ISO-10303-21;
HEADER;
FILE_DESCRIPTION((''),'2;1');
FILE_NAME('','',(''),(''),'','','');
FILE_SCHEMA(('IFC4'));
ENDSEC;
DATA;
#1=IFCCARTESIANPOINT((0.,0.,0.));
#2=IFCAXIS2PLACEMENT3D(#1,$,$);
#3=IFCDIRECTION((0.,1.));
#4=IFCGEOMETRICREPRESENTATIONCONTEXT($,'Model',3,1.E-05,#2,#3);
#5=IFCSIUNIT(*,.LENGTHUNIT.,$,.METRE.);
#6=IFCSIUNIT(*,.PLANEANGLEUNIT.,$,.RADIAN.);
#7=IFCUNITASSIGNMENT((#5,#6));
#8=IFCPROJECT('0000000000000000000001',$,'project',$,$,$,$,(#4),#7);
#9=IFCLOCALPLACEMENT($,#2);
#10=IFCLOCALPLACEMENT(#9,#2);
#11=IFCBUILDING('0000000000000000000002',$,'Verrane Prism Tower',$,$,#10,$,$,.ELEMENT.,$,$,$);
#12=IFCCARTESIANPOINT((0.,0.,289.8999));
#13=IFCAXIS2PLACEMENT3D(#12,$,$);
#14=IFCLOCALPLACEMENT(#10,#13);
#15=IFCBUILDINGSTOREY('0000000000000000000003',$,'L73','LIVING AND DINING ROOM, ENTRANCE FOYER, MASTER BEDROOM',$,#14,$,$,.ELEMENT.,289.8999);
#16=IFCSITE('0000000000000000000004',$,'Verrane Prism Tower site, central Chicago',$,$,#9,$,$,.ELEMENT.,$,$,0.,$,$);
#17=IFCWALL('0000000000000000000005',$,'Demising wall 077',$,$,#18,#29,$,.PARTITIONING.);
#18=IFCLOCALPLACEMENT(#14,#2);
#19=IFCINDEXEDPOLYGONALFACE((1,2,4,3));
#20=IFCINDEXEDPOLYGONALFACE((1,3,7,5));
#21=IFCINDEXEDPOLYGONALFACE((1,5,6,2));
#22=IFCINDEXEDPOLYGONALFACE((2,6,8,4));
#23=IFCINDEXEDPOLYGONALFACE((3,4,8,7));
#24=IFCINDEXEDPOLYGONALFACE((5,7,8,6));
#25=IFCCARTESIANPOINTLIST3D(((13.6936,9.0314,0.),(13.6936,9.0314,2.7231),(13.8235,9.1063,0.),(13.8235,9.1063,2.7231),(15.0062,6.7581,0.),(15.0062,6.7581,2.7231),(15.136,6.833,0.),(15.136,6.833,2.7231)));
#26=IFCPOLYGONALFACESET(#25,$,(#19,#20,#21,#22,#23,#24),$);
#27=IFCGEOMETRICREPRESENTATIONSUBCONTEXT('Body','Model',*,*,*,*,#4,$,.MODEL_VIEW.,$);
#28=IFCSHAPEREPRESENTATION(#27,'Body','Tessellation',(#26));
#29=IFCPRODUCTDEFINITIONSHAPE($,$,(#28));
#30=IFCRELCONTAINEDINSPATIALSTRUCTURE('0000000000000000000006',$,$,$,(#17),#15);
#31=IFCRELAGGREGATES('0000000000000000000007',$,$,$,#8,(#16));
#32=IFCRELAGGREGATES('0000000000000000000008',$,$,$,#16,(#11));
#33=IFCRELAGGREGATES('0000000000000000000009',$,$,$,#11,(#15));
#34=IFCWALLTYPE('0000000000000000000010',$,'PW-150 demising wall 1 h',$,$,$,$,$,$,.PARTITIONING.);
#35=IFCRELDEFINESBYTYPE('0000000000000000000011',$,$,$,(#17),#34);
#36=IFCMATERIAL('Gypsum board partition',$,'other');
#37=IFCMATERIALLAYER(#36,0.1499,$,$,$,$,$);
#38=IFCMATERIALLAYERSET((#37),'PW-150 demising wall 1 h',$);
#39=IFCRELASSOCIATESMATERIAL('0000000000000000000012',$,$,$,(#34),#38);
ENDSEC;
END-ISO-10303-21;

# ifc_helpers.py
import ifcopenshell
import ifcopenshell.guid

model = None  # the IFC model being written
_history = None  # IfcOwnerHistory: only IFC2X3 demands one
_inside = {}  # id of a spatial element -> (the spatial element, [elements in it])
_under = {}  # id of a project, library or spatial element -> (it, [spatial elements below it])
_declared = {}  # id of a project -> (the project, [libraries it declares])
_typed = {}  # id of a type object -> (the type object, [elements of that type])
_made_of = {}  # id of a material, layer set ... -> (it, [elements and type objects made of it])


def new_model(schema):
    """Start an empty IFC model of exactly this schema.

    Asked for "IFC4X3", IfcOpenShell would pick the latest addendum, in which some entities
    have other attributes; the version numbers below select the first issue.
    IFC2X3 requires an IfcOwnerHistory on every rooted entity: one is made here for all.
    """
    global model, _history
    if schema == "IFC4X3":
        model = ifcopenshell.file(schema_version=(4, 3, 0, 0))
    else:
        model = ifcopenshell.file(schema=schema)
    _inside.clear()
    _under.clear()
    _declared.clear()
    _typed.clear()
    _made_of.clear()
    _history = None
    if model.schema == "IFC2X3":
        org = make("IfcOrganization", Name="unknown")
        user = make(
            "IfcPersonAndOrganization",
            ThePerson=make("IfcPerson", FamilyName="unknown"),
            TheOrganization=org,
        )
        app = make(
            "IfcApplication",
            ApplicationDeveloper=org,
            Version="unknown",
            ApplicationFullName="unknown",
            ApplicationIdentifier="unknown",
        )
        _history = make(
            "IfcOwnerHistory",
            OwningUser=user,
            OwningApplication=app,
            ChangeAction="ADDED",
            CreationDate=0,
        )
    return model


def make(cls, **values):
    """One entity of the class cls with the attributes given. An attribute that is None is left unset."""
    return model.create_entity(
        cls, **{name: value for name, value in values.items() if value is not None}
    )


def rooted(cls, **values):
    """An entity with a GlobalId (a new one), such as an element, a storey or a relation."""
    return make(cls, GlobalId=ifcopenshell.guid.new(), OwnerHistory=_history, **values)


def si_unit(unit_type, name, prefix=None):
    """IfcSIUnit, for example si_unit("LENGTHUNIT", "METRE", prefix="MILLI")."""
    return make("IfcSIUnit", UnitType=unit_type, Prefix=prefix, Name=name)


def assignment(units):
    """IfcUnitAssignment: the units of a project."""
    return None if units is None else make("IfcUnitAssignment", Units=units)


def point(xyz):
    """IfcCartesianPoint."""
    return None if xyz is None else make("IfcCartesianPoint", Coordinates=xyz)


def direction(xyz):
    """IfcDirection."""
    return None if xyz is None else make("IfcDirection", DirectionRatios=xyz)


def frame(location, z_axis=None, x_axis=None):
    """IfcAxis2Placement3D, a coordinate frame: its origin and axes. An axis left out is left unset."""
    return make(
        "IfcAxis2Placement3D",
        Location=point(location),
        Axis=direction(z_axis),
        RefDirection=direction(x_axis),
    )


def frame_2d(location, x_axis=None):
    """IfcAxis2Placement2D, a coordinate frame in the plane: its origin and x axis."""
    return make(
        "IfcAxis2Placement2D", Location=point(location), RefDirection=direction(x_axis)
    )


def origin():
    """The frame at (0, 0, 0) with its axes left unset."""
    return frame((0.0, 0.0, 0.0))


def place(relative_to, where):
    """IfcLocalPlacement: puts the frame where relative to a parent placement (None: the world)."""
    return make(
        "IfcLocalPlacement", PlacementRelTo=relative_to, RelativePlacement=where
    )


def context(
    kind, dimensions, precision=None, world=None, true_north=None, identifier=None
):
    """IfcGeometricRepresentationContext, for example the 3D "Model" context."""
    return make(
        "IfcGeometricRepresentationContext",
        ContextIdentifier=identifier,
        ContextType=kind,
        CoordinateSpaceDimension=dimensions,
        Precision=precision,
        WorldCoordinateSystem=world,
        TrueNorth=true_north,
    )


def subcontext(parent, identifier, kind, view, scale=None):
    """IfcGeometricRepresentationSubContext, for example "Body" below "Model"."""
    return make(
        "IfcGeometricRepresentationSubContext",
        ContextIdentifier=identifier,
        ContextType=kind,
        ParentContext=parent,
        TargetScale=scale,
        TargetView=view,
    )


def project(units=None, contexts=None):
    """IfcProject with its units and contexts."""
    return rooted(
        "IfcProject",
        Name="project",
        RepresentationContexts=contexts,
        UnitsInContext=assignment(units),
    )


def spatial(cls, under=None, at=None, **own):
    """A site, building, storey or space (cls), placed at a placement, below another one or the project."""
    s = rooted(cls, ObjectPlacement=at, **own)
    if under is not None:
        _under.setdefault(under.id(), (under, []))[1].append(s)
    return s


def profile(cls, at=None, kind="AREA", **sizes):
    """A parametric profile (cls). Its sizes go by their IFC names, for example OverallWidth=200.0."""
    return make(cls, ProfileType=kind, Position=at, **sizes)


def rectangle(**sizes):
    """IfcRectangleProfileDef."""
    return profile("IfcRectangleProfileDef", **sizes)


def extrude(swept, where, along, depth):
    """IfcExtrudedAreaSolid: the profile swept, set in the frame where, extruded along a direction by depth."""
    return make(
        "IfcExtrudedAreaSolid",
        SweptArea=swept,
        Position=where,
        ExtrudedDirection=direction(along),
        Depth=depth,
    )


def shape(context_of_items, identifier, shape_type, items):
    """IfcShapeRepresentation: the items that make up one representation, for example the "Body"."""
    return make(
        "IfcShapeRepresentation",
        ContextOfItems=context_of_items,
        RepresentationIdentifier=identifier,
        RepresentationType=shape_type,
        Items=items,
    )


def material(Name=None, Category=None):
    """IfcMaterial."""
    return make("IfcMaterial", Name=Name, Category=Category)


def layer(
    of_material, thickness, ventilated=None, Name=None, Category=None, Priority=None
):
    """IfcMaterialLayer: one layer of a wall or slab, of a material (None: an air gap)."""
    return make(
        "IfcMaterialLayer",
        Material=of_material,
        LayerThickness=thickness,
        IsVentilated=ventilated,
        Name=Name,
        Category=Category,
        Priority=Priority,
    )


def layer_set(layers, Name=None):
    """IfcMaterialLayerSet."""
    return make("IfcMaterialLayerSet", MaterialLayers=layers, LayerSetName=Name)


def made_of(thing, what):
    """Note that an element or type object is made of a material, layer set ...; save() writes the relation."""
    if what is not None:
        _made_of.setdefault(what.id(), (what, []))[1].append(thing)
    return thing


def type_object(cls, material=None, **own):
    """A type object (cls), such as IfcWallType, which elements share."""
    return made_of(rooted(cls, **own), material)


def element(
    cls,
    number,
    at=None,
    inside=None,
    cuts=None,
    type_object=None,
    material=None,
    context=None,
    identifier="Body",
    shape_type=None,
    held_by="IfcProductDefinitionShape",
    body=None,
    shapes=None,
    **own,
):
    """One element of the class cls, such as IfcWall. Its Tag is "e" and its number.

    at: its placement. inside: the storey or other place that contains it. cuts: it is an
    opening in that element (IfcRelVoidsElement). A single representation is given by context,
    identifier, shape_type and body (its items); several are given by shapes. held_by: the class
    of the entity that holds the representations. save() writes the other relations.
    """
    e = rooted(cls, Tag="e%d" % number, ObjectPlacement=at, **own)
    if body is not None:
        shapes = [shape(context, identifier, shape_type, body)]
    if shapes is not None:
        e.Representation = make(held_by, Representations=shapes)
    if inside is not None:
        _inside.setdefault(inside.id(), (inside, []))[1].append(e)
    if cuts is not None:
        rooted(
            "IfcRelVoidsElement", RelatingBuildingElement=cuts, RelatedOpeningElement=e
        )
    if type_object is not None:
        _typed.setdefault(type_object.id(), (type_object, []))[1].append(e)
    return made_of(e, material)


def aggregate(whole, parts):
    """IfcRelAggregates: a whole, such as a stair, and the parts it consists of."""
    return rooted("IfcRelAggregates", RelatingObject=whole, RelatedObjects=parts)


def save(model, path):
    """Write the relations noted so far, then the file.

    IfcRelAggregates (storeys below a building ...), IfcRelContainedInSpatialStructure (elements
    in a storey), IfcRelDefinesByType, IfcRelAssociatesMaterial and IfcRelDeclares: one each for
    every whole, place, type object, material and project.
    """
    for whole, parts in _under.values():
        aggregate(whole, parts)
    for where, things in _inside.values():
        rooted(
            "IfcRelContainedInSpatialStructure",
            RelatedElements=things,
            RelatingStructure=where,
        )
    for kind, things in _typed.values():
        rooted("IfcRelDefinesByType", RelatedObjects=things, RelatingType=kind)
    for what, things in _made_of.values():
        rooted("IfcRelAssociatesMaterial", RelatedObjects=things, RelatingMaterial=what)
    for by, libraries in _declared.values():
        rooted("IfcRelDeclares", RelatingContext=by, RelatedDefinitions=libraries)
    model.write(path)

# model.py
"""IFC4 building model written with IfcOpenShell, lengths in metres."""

from ifc_helpers import new_model, si_unit, direction, frame, frame_2d, origin, place, context, subcontext, project, spatial, rectangle, extrude, material, layer, layer_set, type_object, element, save


model = new_model("IFC4")

# Units and contexts
model_context = context("Model", 3, precision=1e-05, world=origin(), true_north=direction((0.0, 1.0)))
body_context = subcontext(model_context, "Body", "Model", "MODEL_VIEW")
ifc_project = project(units=[si_unit("LENGTHUNIT", "METRE"), si_unit("PLANEANGLEUNIT", "RADIAN")], contexts=[model_context])

# Site, building, storey
site_placement = place(None, origin())
site = spatial("IfcSite", under=ifc_project, at=site_placement, Name="Verrane Prism Tower site, central Chicago", CompositionType="ELEMENT", RefElevation=0.0)
building_placement = place(site_placement, origin())
building = spatial("IfcBuilding", under=site, at=building_placement, Name="Verrane Prism Tower", CompositionType="ELEMENT")
storey_placement = place(building_placement, frame((0.0, 0.0, 289.8999)))
storey = spatial("IfcBuildingStorey", under=building, at=storey_placement, Name="L73", Description="LIVING AND DINING ROOM, ENTRANCE FOYER, MASTER BEDROOM", CompositionType="ELEMENT", Elevation=289.8999)

# Wall
ifc_material_1 = material(Name="Gypsum board partition", Category="other")
ifc_layer_1 = layer(ifc_material_1, 0.1499)
ifc_layer_set_1 = layer_set([ifc_layer_1], Name="PW-150 demising wall 1 h")
wall_type_1 = type_object("IfcWallType", Name="PW-150 demising wall 1 h", PredefinedType="PARTITIONING", material=ifc_layer_set_1)
wall_1_placement = place(storey_placement, frame((13.7585, 9.0688, 0.0), z_axis=(0.0, 0.0, 1.0), x_axis=(0.50002, -0.866014, 0.0)))
element("IfcWall", 1, at=wall_1_placement, inside=storey, type_object=wall_type_1, Name="Demising wall 077", PredefinedType="PARTITIONING", context=body_context, shape_type="SweptSolid", body=[
    extrude(rectangle(XDim=2.625, YDim=0.1499, at=frame_2d((1.3125, 0.0))), origin(), (0.0, 0.0, 1.0), 2.7231),
])

save(model, "model.ifc")
